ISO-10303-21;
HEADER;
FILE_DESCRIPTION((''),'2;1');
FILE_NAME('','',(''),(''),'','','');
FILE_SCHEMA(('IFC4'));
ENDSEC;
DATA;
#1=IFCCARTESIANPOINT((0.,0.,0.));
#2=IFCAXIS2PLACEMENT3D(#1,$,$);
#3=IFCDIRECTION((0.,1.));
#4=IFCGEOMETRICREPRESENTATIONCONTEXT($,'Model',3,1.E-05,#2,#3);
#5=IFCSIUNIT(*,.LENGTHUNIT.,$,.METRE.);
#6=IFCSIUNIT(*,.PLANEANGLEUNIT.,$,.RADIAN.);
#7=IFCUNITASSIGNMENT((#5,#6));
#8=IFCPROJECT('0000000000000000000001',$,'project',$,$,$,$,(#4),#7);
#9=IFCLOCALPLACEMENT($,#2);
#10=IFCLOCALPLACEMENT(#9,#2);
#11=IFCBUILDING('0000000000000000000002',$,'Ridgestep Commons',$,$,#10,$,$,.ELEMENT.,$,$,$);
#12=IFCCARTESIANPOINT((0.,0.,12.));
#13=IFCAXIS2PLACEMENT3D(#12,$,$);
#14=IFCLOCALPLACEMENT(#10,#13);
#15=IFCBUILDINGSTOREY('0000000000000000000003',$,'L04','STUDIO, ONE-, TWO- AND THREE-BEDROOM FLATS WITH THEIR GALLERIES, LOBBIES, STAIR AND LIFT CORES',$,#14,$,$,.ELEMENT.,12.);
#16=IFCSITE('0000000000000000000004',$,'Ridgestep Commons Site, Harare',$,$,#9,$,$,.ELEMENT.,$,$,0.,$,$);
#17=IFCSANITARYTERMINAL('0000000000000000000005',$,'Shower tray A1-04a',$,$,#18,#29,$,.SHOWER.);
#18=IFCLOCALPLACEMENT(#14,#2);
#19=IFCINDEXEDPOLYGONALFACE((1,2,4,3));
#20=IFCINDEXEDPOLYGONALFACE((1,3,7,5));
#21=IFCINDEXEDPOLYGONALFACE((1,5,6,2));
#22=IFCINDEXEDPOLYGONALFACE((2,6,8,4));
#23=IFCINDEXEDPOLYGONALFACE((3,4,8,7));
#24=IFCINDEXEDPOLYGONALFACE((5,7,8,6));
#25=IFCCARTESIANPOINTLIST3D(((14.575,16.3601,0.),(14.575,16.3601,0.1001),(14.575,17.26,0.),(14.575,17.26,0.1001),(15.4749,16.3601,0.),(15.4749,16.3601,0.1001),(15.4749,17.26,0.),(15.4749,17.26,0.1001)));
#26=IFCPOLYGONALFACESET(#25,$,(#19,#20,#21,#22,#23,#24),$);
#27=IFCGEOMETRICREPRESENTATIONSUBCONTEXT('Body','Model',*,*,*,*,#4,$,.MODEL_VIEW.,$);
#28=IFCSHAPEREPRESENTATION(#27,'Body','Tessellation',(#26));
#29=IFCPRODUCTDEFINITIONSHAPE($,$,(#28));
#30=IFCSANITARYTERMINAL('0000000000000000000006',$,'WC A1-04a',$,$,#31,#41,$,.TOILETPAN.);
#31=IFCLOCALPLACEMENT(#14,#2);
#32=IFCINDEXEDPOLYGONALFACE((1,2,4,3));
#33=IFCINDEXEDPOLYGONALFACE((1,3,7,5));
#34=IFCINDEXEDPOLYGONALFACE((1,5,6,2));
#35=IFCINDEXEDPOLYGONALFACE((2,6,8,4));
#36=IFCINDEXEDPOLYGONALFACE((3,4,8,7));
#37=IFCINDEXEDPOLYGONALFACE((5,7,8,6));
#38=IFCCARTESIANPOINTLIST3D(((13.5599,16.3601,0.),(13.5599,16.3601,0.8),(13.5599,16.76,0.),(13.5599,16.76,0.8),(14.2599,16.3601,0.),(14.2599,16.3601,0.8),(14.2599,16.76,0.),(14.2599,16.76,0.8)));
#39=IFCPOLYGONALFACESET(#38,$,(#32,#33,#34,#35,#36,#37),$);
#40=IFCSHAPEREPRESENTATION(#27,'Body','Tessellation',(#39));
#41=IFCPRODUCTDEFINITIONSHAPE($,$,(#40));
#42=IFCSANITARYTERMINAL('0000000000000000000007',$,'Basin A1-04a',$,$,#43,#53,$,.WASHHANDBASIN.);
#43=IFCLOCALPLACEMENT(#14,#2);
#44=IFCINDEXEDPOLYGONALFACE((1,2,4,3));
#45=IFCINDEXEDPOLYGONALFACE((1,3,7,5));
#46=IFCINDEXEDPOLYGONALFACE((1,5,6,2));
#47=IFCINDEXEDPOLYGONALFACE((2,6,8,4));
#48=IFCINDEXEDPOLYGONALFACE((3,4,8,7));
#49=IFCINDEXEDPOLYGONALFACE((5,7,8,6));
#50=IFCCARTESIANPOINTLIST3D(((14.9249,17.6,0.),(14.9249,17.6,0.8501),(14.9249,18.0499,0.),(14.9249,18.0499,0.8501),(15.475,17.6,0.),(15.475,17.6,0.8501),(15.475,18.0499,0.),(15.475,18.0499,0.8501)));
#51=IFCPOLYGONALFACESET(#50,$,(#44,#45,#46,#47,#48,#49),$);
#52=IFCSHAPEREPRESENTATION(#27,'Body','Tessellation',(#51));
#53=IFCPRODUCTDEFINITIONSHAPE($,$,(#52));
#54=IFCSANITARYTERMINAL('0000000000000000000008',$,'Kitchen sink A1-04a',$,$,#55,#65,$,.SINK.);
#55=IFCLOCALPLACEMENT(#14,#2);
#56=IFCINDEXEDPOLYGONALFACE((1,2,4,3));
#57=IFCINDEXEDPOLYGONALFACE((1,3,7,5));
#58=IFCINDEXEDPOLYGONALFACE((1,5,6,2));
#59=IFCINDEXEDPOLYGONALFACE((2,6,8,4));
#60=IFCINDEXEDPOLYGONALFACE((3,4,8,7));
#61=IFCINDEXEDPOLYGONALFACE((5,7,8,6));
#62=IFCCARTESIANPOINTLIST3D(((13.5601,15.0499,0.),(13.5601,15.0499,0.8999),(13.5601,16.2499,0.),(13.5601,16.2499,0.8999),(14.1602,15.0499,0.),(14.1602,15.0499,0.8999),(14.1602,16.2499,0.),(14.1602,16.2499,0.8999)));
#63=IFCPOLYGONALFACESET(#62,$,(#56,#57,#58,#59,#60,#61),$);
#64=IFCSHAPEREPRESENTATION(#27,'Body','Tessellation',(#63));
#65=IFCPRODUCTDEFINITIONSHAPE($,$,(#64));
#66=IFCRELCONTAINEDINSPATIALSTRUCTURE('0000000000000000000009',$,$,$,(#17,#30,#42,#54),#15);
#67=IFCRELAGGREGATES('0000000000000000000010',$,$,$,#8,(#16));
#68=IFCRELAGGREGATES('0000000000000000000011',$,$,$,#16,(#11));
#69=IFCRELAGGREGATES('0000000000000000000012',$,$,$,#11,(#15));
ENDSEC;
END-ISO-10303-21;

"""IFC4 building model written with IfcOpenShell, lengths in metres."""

from ifc_helpers import new_model, si_unit, direction, frame, origin, origin_2d, place, context, subcontext, project, spatial, rectangle, extrude, element, save


model = new_model("IFC4")

# Units and contexts
model_context = context("Model", 3, precision=1e-05, world=origin(), true_north=direction((0.0, 1.0)))
body_context = subcontext(model_context, "Body", "Model", "MODEL_VIEW")
ifc_project = project(units=[si_unit("LENGTHUNIT", "METRE"), si_unit("PLANEANGLEUNIT", "RADIAN")], contexts=[model_context])

# Site, building, storey
site_placement = place(None, origin())
site = spatial("IfcSite", under=ifc_project, at=site_placement, Name="Ridgestep Commons Site, Harare", CompositionType="ELEMENT", RefElevation=0.0)
building_placement = place(site_placement, origin())
building = spatial("IfcBuilding", under=site, at=building_placement, Name="Ridgestep Commons", CompositionType="ELEMENT")
storey_placement = place(building_placement, frame((0.0, 0.0, 12.0)))
storey = spatial("IfcBuildingStorey", under=building, at=storey_placement, Name="L04", Description="STUDIO, ONE-, TWO- AND THREE-BEDROOM FLATS WITH THEIR GALLERIES, LOBBIES, STAIR AND LIFT CORES", CompositionType="ELEMENT", Elevation=12.0)

# Sanitary terminals
sanitary_terminal_1_placement = place(storey_placement, frame((15.0249, 16.8101, 0.0), z_axis=(0.0, 0.0, 1.0), x_axis=(1.0, 0.0, 0.0)))
element("IfcSanitaryTerminal", 1, at=sanitary_terminal_1_placement, inside=storey, Name="Shower tray A1-04a", PredefinedType="SHOWER", context=body_context, shape_type="SweptSolid", body=[
    extrude(rectangle(XDim=0.8999, YDim=0.8999, at=origin_2d()), origin(), (0.0, 0.0, 1.0), 0.1001),
])
sanitary_terminal_2_placement = place(storey_placement, frame((13.9099, 16.5601, 0.0), z_axis=(0.0, 0.0, 1.0), x_axis=(1.0, 0.0, 0.0)))
element("IfcSanitaryTerminal", 2, at=sanitary_terminal_2_placement, inside=storey, Name="WC A1-04a", PredefinedType="TOILETPAN", context=body_context, shape_type="SweptSolid", body=[
    extrude(rectangle(XDim=0.7, YDim=0.3999, at=origin_2d()), origin(), (0.0, 0.0, 1.0), 0.8),
])
sanitary_terminal_3_placement = place(storey_placement, frame((15.2, 17.825, 0.0), z_axis=(0.0, 0.0, 1.0), x_axis=(1.0, 0.0, 0.0)))
element("IfcSanitaryTerminal", 3, at=sanitary_terminal_3_placement, inside=storey, Name="Basin A1-04a", PredefinedType="WASHHANDBASIN", context=body_context, shape_type="SweptSolid", body=[
    extrude(rectangle(XDim=0.55, YDim=0.45, at=origin_2d()), origin(), (0.0, 0.0, 1.0), 0.8501),
])
sanitary_terminal_4_placement = place(storey_placement, frame((13.8601, 15.6499, 0.0), z_axis=(0.0, 0.0, 1.0), x_axis=(1.0, 0.0, 0.0)))
element("IfcSanitaryTerminal", 4, at=sanitary_terminal_4_placement, inside=storey, Name="Kitchen sink A1-04a", PredefinedType="SINK", context=body_context, shape_type="SweptSolid", body=[
    extrude(rectangle(XDim=0.6001, YDim=1.2, at=origin_2d()), origin(), (0.0, 0.0, 1.0), 0.8999),
])

save(model, "model.ifc")
